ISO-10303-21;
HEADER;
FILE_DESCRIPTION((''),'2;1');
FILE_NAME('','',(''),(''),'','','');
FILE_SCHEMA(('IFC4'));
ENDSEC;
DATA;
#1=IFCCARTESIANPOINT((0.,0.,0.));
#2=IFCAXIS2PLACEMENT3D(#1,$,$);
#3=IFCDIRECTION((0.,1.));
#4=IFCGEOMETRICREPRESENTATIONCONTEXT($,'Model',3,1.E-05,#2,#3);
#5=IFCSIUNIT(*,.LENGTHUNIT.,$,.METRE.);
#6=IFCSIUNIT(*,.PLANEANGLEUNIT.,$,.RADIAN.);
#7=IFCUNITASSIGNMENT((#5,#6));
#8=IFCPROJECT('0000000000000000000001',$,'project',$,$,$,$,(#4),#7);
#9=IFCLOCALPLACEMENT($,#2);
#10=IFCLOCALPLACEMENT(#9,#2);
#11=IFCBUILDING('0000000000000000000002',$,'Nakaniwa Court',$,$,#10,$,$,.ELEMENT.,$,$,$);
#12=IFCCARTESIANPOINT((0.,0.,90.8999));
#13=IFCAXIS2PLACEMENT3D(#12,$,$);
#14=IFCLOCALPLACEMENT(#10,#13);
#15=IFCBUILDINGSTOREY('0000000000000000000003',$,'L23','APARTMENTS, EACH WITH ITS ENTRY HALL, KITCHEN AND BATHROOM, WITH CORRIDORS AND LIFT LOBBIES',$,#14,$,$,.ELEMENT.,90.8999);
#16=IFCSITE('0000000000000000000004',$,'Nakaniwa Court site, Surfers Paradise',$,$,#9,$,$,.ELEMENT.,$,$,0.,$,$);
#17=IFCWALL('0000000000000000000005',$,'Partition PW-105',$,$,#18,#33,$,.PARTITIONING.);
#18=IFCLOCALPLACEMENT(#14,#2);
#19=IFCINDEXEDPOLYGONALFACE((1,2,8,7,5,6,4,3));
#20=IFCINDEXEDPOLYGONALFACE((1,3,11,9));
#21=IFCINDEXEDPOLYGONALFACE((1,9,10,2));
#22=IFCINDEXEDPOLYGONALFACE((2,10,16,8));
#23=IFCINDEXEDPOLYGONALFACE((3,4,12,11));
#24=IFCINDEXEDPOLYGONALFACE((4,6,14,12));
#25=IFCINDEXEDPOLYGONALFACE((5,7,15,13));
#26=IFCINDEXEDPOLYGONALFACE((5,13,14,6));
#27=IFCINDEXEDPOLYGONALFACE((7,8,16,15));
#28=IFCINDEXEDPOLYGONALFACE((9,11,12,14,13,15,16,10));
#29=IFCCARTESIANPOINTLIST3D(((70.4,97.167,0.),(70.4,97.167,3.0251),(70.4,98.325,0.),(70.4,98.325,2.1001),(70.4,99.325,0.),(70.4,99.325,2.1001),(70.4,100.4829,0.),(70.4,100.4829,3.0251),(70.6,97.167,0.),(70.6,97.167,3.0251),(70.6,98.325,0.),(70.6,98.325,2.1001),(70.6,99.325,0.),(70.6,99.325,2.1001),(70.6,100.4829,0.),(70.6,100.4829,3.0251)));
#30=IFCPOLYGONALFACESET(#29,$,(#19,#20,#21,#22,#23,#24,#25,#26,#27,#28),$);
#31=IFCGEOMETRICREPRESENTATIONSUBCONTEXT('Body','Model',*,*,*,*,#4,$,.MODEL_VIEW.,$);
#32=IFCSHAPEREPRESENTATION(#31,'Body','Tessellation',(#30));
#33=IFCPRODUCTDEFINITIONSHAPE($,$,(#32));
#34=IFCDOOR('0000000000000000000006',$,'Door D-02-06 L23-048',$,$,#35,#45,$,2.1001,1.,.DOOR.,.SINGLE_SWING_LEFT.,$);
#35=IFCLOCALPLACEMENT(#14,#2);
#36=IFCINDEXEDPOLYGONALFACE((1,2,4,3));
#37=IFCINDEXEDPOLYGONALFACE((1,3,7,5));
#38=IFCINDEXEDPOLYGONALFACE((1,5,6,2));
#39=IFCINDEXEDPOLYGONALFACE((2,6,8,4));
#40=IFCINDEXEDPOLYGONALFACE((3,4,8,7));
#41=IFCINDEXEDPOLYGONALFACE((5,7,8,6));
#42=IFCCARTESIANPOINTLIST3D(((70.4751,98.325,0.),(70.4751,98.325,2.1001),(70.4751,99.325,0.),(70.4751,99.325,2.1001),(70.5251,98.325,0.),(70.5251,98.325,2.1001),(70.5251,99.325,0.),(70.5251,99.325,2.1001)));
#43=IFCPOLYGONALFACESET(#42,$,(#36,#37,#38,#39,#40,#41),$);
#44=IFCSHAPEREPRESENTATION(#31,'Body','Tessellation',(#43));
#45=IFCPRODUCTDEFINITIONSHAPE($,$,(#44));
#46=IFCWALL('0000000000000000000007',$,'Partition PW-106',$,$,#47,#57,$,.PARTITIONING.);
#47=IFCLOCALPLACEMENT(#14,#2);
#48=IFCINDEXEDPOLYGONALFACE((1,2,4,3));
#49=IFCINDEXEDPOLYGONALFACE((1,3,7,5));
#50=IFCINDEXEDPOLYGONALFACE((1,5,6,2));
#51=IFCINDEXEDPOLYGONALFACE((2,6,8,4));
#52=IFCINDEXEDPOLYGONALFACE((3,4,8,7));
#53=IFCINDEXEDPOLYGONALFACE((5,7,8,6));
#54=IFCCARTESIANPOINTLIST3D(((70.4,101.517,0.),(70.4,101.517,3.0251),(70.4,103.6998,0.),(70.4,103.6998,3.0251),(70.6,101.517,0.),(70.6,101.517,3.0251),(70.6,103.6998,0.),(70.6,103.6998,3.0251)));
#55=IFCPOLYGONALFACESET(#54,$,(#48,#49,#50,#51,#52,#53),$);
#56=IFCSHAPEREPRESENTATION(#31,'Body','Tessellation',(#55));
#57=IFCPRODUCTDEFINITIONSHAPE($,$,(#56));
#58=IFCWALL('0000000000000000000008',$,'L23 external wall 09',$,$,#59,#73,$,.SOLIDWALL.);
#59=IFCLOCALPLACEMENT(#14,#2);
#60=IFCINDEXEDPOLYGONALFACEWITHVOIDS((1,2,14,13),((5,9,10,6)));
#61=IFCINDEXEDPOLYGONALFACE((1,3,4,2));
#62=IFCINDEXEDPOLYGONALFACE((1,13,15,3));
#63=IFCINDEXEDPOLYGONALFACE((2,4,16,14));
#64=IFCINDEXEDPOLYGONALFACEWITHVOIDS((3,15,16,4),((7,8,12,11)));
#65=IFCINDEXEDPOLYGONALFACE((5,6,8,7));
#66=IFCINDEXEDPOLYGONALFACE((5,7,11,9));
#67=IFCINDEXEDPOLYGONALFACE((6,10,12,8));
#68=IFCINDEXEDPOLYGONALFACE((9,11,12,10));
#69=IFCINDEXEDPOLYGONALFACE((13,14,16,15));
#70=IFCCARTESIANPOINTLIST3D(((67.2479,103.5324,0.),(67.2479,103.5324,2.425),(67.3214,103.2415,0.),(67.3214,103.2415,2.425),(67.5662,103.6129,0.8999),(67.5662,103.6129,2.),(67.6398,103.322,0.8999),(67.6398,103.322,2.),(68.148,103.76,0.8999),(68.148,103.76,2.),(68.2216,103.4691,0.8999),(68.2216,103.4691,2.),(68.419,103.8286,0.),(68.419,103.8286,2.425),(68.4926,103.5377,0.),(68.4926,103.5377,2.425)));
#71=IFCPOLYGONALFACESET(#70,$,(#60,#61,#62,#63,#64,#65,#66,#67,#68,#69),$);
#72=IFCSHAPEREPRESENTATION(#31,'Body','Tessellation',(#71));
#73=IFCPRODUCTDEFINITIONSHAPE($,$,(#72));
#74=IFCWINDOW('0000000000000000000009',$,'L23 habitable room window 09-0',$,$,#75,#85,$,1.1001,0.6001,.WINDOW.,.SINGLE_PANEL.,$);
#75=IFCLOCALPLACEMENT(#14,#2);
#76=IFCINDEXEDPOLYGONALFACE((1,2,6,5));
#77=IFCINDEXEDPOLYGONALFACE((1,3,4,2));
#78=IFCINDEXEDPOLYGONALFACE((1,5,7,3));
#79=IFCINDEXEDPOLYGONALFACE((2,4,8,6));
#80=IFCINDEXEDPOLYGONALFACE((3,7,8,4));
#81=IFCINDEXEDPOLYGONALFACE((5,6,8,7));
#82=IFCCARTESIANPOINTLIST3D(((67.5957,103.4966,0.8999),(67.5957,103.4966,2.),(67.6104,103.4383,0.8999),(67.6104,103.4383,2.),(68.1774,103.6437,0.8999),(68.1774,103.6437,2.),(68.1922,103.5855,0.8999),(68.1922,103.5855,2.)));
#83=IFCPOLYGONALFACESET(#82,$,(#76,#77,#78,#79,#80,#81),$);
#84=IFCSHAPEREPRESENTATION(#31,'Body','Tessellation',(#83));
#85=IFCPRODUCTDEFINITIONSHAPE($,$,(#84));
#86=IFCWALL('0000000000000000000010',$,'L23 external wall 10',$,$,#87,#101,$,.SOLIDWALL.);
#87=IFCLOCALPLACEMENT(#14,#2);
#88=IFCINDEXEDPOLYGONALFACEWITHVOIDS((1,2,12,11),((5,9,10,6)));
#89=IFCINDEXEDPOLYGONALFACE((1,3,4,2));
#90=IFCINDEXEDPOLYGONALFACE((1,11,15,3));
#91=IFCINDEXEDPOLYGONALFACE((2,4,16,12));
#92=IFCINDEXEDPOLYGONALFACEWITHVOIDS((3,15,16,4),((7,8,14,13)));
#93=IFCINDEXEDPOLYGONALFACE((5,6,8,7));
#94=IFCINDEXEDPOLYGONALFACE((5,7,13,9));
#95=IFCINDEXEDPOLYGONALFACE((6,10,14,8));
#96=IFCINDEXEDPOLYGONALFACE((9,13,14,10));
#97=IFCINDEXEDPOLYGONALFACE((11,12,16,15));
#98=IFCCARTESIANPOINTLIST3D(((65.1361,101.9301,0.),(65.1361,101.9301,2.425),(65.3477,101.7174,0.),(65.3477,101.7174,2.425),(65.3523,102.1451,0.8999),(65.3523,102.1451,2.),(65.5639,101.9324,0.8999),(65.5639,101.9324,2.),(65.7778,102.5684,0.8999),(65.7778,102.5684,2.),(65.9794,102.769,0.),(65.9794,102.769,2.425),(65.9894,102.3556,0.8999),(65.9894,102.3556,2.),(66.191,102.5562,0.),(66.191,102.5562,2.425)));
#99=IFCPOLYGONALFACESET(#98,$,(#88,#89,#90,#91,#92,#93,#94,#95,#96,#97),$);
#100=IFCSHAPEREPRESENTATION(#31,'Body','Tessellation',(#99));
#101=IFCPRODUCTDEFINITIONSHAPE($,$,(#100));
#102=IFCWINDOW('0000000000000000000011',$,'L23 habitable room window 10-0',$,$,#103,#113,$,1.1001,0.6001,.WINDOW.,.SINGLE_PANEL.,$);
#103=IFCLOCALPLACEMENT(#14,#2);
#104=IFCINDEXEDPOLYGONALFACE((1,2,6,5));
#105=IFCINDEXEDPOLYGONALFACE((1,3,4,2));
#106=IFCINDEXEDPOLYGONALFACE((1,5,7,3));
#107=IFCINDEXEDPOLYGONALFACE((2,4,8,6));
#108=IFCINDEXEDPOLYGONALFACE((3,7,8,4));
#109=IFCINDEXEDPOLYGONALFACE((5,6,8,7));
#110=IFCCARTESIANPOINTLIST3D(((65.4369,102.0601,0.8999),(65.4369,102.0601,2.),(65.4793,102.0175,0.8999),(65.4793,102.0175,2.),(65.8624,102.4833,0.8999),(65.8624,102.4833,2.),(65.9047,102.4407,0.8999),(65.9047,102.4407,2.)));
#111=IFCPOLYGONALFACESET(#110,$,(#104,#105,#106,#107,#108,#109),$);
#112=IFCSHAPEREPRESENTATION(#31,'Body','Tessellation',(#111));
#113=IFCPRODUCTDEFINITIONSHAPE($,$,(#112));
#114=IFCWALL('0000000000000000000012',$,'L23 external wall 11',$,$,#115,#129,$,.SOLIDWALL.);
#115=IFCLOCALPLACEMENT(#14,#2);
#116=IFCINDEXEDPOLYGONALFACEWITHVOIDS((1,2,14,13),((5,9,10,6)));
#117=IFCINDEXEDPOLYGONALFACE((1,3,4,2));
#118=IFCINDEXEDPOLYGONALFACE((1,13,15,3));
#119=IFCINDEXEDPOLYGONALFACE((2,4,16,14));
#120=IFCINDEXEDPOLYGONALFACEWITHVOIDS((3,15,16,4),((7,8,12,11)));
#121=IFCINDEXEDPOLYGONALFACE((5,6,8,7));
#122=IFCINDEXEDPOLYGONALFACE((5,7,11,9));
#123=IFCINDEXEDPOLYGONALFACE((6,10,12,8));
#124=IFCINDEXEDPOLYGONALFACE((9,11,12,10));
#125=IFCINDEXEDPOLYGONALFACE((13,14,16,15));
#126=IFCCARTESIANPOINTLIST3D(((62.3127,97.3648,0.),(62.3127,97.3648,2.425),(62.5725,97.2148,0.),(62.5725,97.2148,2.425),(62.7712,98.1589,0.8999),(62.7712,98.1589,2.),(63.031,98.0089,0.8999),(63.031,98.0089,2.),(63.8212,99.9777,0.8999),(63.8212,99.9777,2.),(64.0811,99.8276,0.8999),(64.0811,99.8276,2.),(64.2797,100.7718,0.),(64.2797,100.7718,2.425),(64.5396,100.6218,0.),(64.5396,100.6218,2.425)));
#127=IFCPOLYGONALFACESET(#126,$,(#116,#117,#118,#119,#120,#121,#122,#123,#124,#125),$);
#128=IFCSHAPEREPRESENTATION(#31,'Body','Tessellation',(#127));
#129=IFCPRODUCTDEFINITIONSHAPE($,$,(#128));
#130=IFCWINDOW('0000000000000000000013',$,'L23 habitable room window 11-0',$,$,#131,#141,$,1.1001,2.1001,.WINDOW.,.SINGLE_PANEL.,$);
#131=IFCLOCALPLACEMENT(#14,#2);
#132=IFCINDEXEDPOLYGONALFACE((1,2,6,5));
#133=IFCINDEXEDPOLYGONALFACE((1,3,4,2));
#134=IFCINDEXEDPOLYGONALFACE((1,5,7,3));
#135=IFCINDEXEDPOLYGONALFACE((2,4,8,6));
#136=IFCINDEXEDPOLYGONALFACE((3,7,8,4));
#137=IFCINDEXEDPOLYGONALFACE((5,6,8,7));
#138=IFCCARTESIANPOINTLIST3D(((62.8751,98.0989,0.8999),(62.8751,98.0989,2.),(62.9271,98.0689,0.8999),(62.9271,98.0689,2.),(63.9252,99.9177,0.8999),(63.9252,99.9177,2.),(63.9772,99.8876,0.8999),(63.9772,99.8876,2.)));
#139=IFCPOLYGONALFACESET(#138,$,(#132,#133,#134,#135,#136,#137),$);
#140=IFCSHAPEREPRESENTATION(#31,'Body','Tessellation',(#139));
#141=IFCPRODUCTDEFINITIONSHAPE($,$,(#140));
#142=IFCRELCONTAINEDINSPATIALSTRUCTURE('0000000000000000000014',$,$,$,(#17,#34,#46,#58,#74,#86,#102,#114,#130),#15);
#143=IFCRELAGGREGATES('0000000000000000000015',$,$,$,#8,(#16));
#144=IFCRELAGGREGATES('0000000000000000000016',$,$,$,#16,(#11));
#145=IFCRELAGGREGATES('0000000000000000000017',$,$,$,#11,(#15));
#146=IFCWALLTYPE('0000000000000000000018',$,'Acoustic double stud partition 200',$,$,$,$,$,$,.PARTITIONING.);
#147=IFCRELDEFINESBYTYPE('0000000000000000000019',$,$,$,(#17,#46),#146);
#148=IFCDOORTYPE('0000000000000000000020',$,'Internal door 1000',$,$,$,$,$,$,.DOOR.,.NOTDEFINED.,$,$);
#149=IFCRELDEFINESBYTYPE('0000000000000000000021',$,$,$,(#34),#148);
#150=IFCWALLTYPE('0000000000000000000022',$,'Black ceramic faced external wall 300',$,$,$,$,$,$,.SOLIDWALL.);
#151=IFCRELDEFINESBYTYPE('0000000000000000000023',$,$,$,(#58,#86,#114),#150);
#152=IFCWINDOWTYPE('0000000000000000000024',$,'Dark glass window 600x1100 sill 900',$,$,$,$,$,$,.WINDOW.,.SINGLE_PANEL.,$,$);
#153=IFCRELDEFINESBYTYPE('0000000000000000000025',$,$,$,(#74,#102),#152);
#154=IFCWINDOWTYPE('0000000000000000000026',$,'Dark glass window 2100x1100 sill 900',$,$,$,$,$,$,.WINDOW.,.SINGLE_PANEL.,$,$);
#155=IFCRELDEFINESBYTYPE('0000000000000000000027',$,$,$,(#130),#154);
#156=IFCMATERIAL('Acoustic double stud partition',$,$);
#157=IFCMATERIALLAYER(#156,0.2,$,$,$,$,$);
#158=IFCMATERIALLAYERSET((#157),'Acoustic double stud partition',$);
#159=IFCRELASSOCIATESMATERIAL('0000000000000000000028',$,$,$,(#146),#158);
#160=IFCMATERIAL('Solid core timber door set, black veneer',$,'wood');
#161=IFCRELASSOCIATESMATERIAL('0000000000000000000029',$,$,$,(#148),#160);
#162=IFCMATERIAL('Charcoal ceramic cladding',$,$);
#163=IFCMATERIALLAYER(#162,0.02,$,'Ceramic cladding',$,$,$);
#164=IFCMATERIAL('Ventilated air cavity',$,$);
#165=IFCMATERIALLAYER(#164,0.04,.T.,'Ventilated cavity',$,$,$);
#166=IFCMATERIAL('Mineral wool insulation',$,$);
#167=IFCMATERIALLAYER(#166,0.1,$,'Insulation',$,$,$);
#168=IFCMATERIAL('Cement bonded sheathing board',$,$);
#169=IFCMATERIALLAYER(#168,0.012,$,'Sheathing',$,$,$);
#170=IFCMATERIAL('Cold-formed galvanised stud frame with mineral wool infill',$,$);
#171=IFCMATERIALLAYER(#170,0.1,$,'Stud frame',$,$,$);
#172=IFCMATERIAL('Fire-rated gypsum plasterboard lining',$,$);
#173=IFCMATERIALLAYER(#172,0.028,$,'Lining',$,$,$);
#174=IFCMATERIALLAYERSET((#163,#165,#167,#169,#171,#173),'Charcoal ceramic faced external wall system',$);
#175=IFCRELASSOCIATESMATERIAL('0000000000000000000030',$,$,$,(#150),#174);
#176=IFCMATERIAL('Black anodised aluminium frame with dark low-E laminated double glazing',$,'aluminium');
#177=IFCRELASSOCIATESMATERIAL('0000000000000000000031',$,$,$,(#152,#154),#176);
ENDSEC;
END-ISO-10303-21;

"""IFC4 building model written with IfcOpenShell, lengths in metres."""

from ifc_helpers import new_model, si_unit, direction, frame, frame_2d, origin, place, context, subcontext, project, spatial, rectangle, extrude, material, layer, layer_set, type_object, element, fill, save


model = new_model("IFC4")

# Units and contexts
model_context = context("Model", 3, precision=1e-05, world=origin(), true_north=direction((0.0, 1.0)))
body_context = subcontext(model_context, "Body", "Model", "MODEL_VIEW")
ifc_project = project(units=[si_unit("LENGTHUNIT", "METRE"), si_unit("PLANEANGLEUNIT", "RADIAN")], contexts=[model_context])

# Site, building, storey
site_placement = place(None, origin())
site = spatial("IfcSite", under=ifc_project, at=site_placement, Name="Nakaniwa Court site, Surfers Paradise", CompositionType="ELEMENT", RefElevation=0.0)
building_placement = place(site_placement, origin())
building = spatial("IfcBuilding", under=site, at=building_placement, Name="Nakaniwa Court", CompositionType="ELEMENT")
storey_placement = place(building_placement, frame((0.0, 0.0, 90.8999)))
storey = spatial("IfcBuildingStorey", under=building, at=storey_placement, Name="L23", Description="APARTMENTS, EACH WITH ITS ENTRY HALL, KITCHEN AND BATHROOM, WITH CORRIDORS AND LIFT LOBBIES", CompositionType="ELEMENT", Elevation=90.8999)

# Shared definitions
ifc_material_1 = material(Name="Acoustic double stud partition")
ifc_layer_1 = layer(ifc_material_1, 0.2)
ifc_layer_set_1 = layer_set([ifc_layer_1], Name="Acoustic double stud partition")
wall_type_1 = type_object("IfcWallType", Name="Acoustic double stud partition 200", PredefinedType="PARTITIONING", material=ifc_layer_set_1)

# Wall, opening, door
wall_1_placement = place(storey_placement, frame((70.5, 97.167, 0.0), z_axis=(0.0, 0.0, 1.0), x_axis=(0.0, 1.0, 0.0)))
wall_1 = element("IfcWall", 1, at=wall_1_placement, inside=storey, type_object=wall_type_1, Name="Partition PW-105", PredefinedType="PARTITIONING", context=body_context, shape_type="SweptSolid", body=[
    extrude(rectangle(XDim=3.3159, YDim=0.2, at=frame_2d((1.658, 0.0))), origin(), (0.0, 0.0, 1.0), 3.0251),
])
opening_1_placement = place(wall_1_placement, frame((1.158, 0.0, 0.0)))
opening_1 = element("IfcOpeningElement", 2, at=opening_1_placement, cuts=wall_1, PredefinedType="OPENING", context=body_context, shape_type="SweptSolid", body=[
    extrude(rectangle(XDim=1.0, YDim=2.1001, at=frame_2d((0.5, 1.05))), frame((0.0, 0.1099, 0.0), z_axis=(0.0, -1.0, 0.0), x_axis=(1.0, 0.0, 0.0)), (0.0, 0.0, 1.0), 0.22),
])
ifc_material_2 = material(Name="Solid core timber door set, black veneer", Category="wood")
door_type_1 = type_object("IfcDoorType", Name="Internal door 1000", OperationType="NOTDEFINED", PredefinedType="DOOR", material=ifc_material_2)
door_1_placement = place(opening_1_placement, origin())
door_1 = element("IfcDoor", 3, at=door_1_placement, inside=storey, type_object=door_type_1, Name="Door D-02-06 L23-048", OperationType="SINGLE_SWING_LEFT", OverallHeight=2.1001, OverallWidth=1.0, PredefinedType="DOOR", context=body_context, shape_type="SweptSolid", body=[
    extrude(rectangle(XDim=1.0, YDim=2.1001, at=frame_2d((0.5, 1.05))), frame((0.0, 0.0249, 0.0), z_axis=(0.0, -1.0, 0.0), x_axis=(1.0, 0.0, 0.0)), (0.0, 0.0, 1.0), 0.05),
])
fill(opening_1, door_1)

# Wall
wall_2_placement = place(storey_placement, frame((70.5, 101.5171, 0.0), z_axis=(0.0, 0.0, 1.0), x_axis=(0.0, 1.0, 0.0)))
element("IfcWall", 4, at=wall_2_placement, inside=storey, type_object=wall_type_1, Name="Partition PW-106", PredefinedType="PARTITIONING", context=body_context, shape_type="SweptSolid", body=[
    extrude(rectangle(XDim=2.1829, YDim=0.2, at=frame_2d((1.0913, 0.0))), origin(), (0.0, 0.0, 1.0), 3.0251),
])

# Walls, openings, windows
ifc_material_3 = material(Name="Charcoal ceramic cladding")
ifc_layer_2 = layer(ifc_material_3, 0.02, Name="Ceramic cladding")
ifc_material_4 = material(Name="Ventilated air cavity")
ifc_layer_3 = layer(ifc_material_4, 0.04, ventilated=True, Name="Ventilated cavity")
ifc_material_5 = material(Name="Mineral wool insulation")
ifc_layer_4 = layer(ifc_material_5, 0.1, Name="Insulation")
ifc_material_6 = material(Name="Cement bonded sheathing board")
ifc_layer_5 = layer(ifc_material_6, 0.012, Name="Sheathing")
ifc_material_7 = material(Name="Cold-formed galvanised stud frame with mineral wool infill")
ifc_layer_6 = layer(ifc_material_7, 0.1, Name="Stud frame")
ifc_material_8 = material(Name="Fire-rated gypsum plasterboard lining")
ifc_layer_7 = layer(ifc_material_8, 0.028, Name="Lining")
ifc_layer_set_2 = layer_set([ifc_layer_2, ifc_layer_3, ifc_layer_4, ifc_layer_5, ifc_layer_6, ifc_layer_7], Name="Charcoal ceramic faced external wall system")
wall_type_2 = type_object("IfcWallType", Name="Black ceramic faced external wall 300", PredefinedType="SOLIDWALL", material=ifc_layer_set_2)
wall_3_placement = place(storey_placement, frame((68.4558, 103.6831, 0.0), z_axis=(0.0, 0.0, 1.0), x_axis=(-0.969485, -0.24515, 0.0)))
wall_3 = element("IfcWall", 5, at=wall_3_placement, inside=storey, type_object=wall_type_2, Name="L23 external wall 09", PredefinedType="SOLIDWALL", context=body_context, shape_type="SweptSolid", body=[
    extrude(rectangle(XDim=1.208, YDim=0.3, at=frame_2d((0.604, 0.0))), origin(), (0.0, 0.0, 1.0), 2.425),
])
opening_2_placement = place(wall_3_placement, frame((0.2795, 0.0, 0.8999)))
opening_2 = element("IfcOpeningElement", 6, at=opening_2_placement, cuts=wall_3, PredefinedType="OPENING", context=body_context, shape_type="SweptSolid", body=[
    extrude(rectangle(XDim=0.6001, YDim=1.1001, at=frame_2d((0.3, 0.55))), frame((0.0, 0.1599, 0.0), z_axis=(0.0, -1.0, 0.0), x_axis=(1.0, 0.0, 0.0)), (0.0, 0.0, 1.0), 0.3201),
])
ifc_material_9 = material(Name="Black anodised aluminium frame with dark low-E laminated double glazing", Category="aluminium")
window_type_1 = type_object("IfcWindowType", Name="Dark glass window 600x1100 sill 900", PartitioningType="SINGLE_PANEL", PredefinedType="WINDOW", material=ifc_material_9)
window_1_placement = place(opening_2_placement, origin())
window_1 = element("IfcWindow", 7, at=window_1_placement, inside=storey, type_object=window_type_1, Name="L23 habitable room window 09-0", OverallHeight=1.1001, OverallWidth=0.6001, PartitioningType="SINGLE_PANEL", PredefinedType="WINDOW", context=body_context, shape_type="SweptSolid", body=[
    extrude(rectangle(XDim=0.6001, YDim=1.1001, at=frame_2d((0.3, 0.55))), frame((0.0, 0.03, 0.0), z_axis=(0.0, -1.0, 0.0), x_axis=(1.0, 0.0, 0.0)), (0.0, 0.0, 1.0), 0.0601),
])
fill(opening_2, window_1)
wall_4_placement = place(storey_placement, frame((66.0852, 102.6626, 0.0), z_axis=(0.0, 0.0, 1.0), x_axis=(-0.708952, -0.705257, 0.0)))
wall_4 = element("IfcWall", 8, at=wall_4_placement, inside=storey, type_object=wall_type_2, Name="L23 external wall 10", PredefinedType="SOLIDWALL", context=body_context, shape_type="SweptSolid", body=[
    extrude(rectangle(XDim=1.1895, YDim=0.3, at=frame_2d((0.5947, 0.0))), origin(), (0.0, 0.0, 1.0), 2.425),
])
opening_3_placement = place(wall_4_placement, frame((0.2844, 0.0, 0.8999)))
opening_3 = element("IfcOpeningElement", 9, at=opening_3_placement, cuts=wall_4, PredefinedType="OPENING", context=body_context, shape_type="SweptSolid", body=[
    extrude(rectangle(XDim=0.6001, YDim=1.1001, at=frame_2d((0.3, 0.55))), frame((0.0, 0.1599, 0.0), z_axis=(0.0, -1.0, 0.0), x_axis=(1.0, 0.0, 0.0)), (0.0, 0.0, 1.0), 0.3201),
])
window_2_placement = place(opening_3_placement, origin())
window_2 = element("IfcWindow", 10, at=window_2_placement, inside=storey, type_object=window_type_1, Name="L23 habitable room window 10-0", OverallHeight=1.1001, OverallWidth=0.6001, PartitioningType="SINGLE_PANEL", PredefinedType="WINDOW", context=body_context, shape_type="SweptSolid", body=[
    extrude(rectangle(XDim=0.6001, YDim=1.1001, at=frame_2d((0.3, 0.55))), frame((0.0, 0.03, 0.0), z_axis=(0.0, -1.0, 0.0), x_axis=(1.0, 0.0, 0.0)), (0.0, 0.0, 1.0), 0.0601),
])
fill(opening_3, window_2)
wall_5_placement = place(storey_placement, frame((64.4097, 100.6968, 0.0), z_axis=(0.0, 0.0, 1.0), x_axis=(-0.500004, -0.866023, 0.0)))
wall_5 = element("IfcWall", 11, at=wall_5_placement, inside=storey, type_object=wall_type_2, Name="L23 external wall 11", PredefinedType="SOLIDWALL", context=body_context, shape_type="SweptSolid", body=[
    extrude(rectangle(XDim=3.9341, YDim=0.3, at=frame_2d((1.967, 0.0))), origin(), (0.0, 0.0, 1.0), 2.425),
])
opening_4_placement = place(wall_5_placement, frame((0.917, 0.0, 0.8999)))
opening_4 = element("IfcOpeningElement", 12, at=opening_4_placement, cuts=wall_5, PredefinedType="OPENING", context=body_context, shape_type="SweptSolid", body=[
    extrude(rectangle(XDim=2.1001, YDim=1.1001, at=frame_2d((1.05, 0.55))), frame((0.0, 0.1599, 0.0), z_axis=(0.0, -1.0, 0.0), x_axis=(1.0, 0.0, 0.0)), (0.0, 0.0, 1.0), 0.3201),
])
window_type_2 = type_object("IfcWindowType", Name="Dark glass window 2100x1100 sill 900", PartitioningType="SINGLE_PANEL", PredefinedType="WINDOW", material=ifc_material_9)
window_3_placement = place(opening_4_placement, origin())
window_3 = element("IfcWindow", 13, at=window_3_placement, inside=storey, type_object=window_type_2, Name="L23 habitable room window 11-0", OverallHeight=1.1001, OverallWidth=2.1001, PartitioningType="SINGLE_PANEL", PredefinedType="WINDOW", context=body_context, shape_type="SweptSolid", body=[
    extrude(rectangle(XDim=2.1001, YDim=1.1001, at=frame_2d((1.05, 0.55))), frame((0.0, 0.03, 0.0), z_axis=(0.0, -1.0, 0.0), x_axis=(1.0, 0.0, 0.0)), (0.0, 0.0, 1.0), 0.0601),
])
fill(opening_4, window_3)

save(model, "model.ifc")
